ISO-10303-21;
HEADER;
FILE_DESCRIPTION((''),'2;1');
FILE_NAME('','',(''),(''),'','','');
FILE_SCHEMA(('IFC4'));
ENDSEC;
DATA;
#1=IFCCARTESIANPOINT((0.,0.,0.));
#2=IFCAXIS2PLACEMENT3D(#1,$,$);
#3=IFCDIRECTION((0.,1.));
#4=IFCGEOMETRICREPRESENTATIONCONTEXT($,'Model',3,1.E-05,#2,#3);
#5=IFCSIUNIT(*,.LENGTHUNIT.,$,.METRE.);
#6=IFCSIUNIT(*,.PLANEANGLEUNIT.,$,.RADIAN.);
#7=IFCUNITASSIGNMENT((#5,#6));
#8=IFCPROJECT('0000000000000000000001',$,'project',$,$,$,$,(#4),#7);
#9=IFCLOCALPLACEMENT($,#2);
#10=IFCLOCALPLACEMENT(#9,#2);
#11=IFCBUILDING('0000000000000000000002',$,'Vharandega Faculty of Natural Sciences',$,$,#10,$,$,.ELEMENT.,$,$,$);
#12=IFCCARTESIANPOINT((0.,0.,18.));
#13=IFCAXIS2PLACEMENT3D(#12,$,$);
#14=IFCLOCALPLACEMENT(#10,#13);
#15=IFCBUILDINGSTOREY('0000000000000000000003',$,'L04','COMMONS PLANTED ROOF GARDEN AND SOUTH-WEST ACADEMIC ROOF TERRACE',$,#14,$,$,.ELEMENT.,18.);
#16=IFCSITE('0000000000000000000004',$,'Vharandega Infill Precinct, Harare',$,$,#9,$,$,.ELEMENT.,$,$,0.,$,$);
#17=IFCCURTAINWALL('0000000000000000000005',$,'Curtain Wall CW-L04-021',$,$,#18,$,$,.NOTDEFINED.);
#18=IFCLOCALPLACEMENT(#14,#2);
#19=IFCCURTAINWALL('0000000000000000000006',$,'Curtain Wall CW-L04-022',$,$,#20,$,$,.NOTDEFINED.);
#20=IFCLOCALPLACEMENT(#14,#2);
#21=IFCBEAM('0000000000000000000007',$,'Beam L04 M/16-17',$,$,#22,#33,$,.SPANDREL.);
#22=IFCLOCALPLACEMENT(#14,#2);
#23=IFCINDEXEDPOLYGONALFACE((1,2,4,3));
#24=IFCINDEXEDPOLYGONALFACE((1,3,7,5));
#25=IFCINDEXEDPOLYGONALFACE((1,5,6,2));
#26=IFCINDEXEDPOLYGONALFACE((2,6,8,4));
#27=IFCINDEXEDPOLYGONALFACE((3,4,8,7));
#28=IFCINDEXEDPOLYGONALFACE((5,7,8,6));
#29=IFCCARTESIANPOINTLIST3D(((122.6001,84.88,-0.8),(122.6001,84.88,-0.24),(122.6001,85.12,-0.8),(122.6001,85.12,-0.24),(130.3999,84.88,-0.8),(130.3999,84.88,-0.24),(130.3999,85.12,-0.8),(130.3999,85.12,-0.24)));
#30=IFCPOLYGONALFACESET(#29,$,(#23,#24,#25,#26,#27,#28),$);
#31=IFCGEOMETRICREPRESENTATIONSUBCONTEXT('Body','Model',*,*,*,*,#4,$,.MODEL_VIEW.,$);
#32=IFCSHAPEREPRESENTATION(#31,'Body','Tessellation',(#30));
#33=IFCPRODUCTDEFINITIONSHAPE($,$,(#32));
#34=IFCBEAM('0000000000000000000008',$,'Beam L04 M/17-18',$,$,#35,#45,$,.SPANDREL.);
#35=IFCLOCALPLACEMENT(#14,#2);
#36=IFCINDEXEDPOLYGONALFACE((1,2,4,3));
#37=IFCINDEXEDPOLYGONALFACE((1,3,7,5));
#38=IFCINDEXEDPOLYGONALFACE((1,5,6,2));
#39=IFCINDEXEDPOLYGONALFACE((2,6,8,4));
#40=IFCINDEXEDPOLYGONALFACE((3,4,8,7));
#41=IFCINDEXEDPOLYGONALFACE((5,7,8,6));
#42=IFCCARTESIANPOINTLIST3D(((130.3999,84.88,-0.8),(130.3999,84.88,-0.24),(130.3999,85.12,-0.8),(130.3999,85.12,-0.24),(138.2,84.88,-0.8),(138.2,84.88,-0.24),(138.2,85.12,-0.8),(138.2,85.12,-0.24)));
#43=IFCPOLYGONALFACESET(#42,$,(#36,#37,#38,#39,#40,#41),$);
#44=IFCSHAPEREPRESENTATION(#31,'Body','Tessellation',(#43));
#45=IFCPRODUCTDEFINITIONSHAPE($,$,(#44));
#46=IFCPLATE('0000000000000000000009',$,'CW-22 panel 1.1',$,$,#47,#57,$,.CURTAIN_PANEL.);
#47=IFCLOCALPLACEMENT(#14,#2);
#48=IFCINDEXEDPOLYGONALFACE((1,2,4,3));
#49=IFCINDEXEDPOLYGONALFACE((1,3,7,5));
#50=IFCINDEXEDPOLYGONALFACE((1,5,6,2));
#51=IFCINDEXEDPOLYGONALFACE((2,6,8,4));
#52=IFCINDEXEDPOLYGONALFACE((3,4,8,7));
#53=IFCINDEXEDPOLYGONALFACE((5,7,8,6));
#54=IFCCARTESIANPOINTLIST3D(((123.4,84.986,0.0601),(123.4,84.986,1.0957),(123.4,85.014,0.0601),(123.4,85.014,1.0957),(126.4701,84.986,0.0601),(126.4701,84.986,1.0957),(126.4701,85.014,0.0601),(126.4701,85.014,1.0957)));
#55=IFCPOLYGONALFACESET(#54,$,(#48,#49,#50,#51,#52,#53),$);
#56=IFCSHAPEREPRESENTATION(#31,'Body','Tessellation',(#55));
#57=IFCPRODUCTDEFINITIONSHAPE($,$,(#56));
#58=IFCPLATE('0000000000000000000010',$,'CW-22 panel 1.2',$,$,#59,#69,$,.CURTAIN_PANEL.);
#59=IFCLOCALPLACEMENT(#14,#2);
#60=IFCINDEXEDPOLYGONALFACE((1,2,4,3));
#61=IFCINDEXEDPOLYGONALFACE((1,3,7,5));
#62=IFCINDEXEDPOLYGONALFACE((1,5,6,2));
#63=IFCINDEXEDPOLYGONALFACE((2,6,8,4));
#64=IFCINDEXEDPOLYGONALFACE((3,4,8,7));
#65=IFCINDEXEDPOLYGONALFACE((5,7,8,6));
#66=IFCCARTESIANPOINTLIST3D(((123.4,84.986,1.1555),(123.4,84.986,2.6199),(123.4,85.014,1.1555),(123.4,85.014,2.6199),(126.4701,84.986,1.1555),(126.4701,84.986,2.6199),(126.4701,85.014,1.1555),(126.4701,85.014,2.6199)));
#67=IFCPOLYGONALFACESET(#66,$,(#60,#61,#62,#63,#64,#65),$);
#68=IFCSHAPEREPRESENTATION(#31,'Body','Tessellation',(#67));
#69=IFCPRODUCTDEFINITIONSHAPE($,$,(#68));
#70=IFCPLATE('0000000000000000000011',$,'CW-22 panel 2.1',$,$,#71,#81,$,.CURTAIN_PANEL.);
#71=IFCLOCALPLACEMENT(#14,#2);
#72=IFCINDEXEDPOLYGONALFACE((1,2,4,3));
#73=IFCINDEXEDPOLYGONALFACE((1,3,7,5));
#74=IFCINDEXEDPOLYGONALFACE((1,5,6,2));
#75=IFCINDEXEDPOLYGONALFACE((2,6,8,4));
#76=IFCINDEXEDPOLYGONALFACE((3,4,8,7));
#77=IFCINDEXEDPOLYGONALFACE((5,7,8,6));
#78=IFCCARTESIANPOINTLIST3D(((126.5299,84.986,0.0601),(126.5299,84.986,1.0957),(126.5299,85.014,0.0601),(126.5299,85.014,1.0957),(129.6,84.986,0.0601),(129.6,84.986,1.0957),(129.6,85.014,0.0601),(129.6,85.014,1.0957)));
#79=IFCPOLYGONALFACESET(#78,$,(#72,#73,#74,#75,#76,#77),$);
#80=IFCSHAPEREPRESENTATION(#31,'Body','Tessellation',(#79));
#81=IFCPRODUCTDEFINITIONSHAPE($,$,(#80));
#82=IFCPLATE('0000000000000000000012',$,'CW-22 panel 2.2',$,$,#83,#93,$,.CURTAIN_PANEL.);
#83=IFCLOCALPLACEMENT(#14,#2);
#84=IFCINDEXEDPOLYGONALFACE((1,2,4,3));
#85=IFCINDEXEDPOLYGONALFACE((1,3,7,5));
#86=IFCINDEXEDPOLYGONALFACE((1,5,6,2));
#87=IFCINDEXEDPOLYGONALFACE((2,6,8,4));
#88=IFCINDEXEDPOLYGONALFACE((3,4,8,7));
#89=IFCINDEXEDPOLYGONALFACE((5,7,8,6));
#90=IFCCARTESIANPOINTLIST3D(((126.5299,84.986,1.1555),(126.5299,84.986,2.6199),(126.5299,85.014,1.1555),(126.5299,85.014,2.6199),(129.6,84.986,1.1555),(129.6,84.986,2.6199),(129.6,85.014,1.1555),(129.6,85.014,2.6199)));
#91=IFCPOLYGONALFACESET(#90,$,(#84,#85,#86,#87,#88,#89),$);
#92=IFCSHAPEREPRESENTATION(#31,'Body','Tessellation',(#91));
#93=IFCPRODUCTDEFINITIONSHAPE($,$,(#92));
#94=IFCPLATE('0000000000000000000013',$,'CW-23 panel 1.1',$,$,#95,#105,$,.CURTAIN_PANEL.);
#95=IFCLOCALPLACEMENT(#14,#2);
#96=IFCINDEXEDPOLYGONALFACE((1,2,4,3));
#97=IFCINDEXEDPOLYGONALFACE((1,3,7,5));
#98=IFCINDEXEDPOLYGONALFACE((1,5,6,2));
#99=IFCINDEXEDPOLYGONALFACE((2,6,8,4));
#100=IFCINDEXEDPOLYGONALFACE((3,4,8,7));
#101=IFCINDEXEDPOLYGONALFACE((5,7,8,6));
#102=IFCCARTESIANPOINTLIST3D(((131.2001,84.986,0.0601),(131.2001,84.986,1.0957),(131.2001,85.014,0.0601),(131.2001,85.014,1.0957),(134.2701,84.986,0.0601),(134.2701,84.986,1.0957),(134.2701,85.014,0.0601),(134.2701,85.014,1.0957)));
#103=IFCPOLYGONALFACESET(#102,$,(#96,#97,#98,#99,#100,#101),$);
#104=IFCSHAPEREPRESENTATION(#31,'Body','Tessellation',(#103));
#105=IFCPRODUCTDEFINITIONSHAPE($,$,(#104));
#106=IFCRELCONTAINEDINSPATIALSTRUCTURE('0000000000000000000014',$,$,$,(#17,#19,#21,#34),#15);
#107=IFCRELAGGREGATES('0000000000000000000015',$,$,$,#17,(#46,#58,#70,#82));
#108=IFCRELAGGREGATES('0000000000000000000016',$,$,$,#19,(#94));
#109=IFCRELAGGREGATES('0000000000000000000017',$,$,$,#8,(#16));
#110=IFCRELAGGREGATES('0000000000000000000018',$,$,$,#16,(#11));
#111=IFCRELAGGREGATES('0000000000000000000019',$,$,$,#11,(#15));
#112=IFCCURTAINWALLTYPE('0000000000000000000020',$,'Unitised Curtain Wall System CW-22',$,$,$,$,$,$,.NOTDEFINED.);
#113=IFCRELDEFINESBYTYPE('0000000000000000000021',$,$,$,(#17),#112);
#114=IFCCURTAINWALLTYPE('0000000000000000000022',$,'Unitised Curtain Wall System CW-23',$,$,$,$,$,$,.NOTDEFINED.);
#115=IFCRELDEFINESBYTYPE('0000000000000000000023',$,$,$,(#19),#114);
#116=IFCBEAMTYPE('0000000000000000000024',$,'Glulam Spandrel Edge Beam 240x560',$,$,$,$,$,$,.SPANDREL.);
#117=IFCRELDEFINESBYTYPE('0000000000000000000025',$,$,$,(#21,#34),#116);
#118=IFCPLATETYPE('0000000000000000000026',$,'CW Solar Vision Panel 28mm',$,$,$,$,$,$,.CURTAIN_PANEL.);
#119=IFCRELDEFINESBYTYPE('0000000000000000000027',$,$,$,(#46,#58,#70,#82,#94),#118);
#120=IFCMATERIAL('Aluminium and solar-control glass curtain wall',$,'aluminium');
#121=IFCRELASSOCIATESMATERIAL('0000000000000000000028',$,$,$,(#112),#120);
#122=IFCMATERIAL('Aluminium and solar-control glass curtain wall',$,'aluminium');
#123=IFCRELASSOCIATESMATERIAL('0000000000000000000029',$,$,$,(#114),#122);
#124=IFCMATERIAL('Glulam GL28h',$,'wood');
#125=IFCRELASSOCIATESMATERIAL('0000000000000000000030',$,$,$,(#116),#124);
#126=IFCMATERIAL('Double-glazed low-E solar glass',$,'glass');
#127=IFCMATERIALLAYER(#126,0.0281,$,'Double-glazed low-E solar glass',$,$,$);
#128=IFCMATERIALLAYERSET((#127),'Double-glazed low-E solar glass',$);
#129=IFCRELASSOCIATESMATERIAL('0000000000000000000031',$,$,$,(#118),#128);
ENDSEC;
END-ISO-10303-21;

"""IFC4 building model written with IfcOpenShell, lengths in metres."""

from ifc_helpers import new_model, si_unit, direction, frame, origin, origin_2d, place, context, subcontext, project, spatial, rectangle, extrude, material, layer, layer_set, material_profile, profile_set, type_object, element, aggregate, save


model = new_model("IFC4")

# Units and contexts
model_context = context("Model", 3, precision=1e-05, world=origin(), true_north=direction((0.0, 1.0)))
body_context = subcontext(model_context, "Body", "Model", "MODEL_VIEW")
ifc_project = project(units=[si_unit("LENGTHUNIT", "METRE"), si_unit("PLANEANGLEUNIT", "RADIAN")], contexts=[model_context])

# Site, building, storey
site_placement = place(None, origin())
site = spatial("IfcSite", under=ifc_project, at=site_placement, Name="Vharandega Infill Precinct, Harare", CompositionType="ELEMENT", RefElevation=0.0)
building_placement = place(site_placement, origin())
building = spatial("IfcBuilding", under=site, at=building_placement, Name="Vharandega Faculty of Natural Sciences", CompositionType="ELEMENT")
storey_placement = place(building_placement, frame((0.0, 0.0, 18.0)))
storey = spatial("IfcBuildingStorey", under=building, at=storey_placement, Name="L04", Description="COMMONS PLANTED ROOF GARDEN AND SOUTH-WEST ACADEMIC ROOF TERRACE", CompositionType="ELEMENT", Elevation=18.0)

# Curtain wall
ifc_material_1 = material(Name="Aluminium and solar-control glass curtain wall", Category="aluminium")
curtain_wall_type_1 = type_object("IfcCurtainWallType", Name="Unitised Curtain Wall System CW-22", PredefinedType="NOTDEFINED", material=ifc_material_1)
curtain_wall_1_placement = place(storey_placement, origin())
curtain_wall_1 = element("IfcCurtainWall", 1, at=curtain_wall_1_placement, inside=storey, type_object=curtain_wall_type_1, Name="Curtain Wall CW-L04-021", PredefinedType="NOTDEFINED")

# Curtain wall
ifc_material_2 = material(Name="Aluminium and solar-control glass curtain wall", Category="aluminium")
curtain_wall_type_2 = type_object("IfcCurtainWallType", Name="Unitised Curtain Wall System CW-23", PredefinedType="NOTDEFINED", material=ifc_material_2)
curtain_wall_2_placement = place(storey_placement, origin())
curtain_wall_2 = element("IfcCurtainWall", 2, at=curtain_wall_2_placement, inside=storey, type_object=curtain_wall_type_2, Name="Curtain Wall CW-L04-022", PredefinedType="NOTDEFINED")

# Beams
ifc_material_3 = material(Name="Glulam GL28h", Category="wood")
ifc_material_profile_1 = material_profile(ifc_material_3, rectangle(XDim=0.24, YDim=0.5601, at=origin_2d()), Name="GL28h 240x560")
ifc_profile_set_1 = profile_set([ifc_material_profile_1], Name="Glulam GL28h")
beam_type = type_object("IfcBeamType", Name="Glulam Spandrel Edge Beam 240x560", PredefinedType="SPANDREL", material=ifc_profile_set_1)
beam_1_placement = place(storey_placement, frame((122.6001, 85.0, -0.52), z_axis=(1.0, 0.0, 0.0), x_axis=(0.0, 1.0, 0.0)))
element("IfcBeam", 3, at=beam_1_placement, inside=storey, type_object=beam_type, Name="Beam L04 M/16-17", PredefinedType="SPANDREL", context=body_context, shape_type="SweptSolid", body=[
    extrude(rectangle(XDim=0.24, YDim=0.5601, at=origin_2d()), origin(), (0.0, 0.0, 1.0), 7.7998),
])
beam_2_placement = place(storey_placement, frame((130.3999, 85.0, -0.52), z_axis=(1.0, 0.0, 0.0), x_axis=(0.0, 1.0, 0.0)))
element("IfcBeam", 4, at=beam_2_placement, inside=storey, type_object=beam_type, Name="Beam L04 M/17-18", PredefinedType="SPANDREL", context=body_context, shape_type="SweptSolid", body=[
    extrude(rectangle(XDim=0.24, YDim=0.5601, at=origin_2d()), origin(), (0.0, 0.0, 1.0), 7.8),
])

# Plates
ifc_material_4 = material(Name="Double-glazed low-E solar glass", Category="glass")
ifc_layer = layer(ifc_material_4, 0.0281, Name="Double-glazed low-E solar glass")
ifc_layer_set = layer_set([ifc_layer], Name="Double-glazed low-E solar glass")
plate_type = type_object("IfcPlateType", Name="CW Solar Vision Panel 28mm", PredefinedType="CURTAIN_PANEL", material=ifc_layer_set)
plate_1_placement = place(storey_placement, frame((124.9351, 85.0, 0.0601), z_axis=(0.0, 0.0, 1.0), x_axis=(1.0, 0.0, 0.0)))
plate_1 = element("IfcPlate", 5, at=plate_1_placement, type_object=plate_type, Name="CW-22 panel 1.1", PredefinedType="CURTAIN_PANEL", context=body_context, shape_type="SweptSolid", body=[
    extrude(rectangle(XDim=3.0701, YDim=0.0281, at=origin_2d()), origin(), (0.0, 0.0, 1.0), 1.0356),
])
plate_2_placement = place(storey_placement, frame((124.9351, 85.0, 1.1555), z_axis=(0.0, 0.0, 1.0), x_axis=(1.0, 0.0, 0.0)))
plate_2 = element("IfcPlate", 6, at=plate_2_placement, type_object=plate_type, Name="CW-22 panel 1.2", PredefinedType="CURTAIN_PANEL", context=body_context, shape_type="SweptSolid", body=[
    extrude(rectangle(XDim=3.0701, YDim=0.0281, at=origin_2d()), origin(), (0.0, 0.0, 1.0), 1.4644),
])
plate_3_placement = place(storey_placement, frame((128.0649, 85.0, 0.0601), z_axis=(0.0, 0.0, 1.0), x_axis=(1.0, 0.0, 0.0)))
plate_3 = element("IfcPlate", 7, at=plate_3_placement, type_object=plate_type, Name="CW-22 panel 2.1", PredefinedType="CURTAIN_PANEL", context=body_context, shape_type="SweptSolid", body=[
    extrude(rectangle(XDim=3.0701, YDim=0.0281, at=origin_2d()), origin(), (0.0, 0.0, 1.0), 1.0356),
])
plate_4_placement = place(storey_placement, frame((128.0649, 85.0, 1.1555), z_axis=(0.0, 0.0, 1.0), x_axis=(1.0, 0.0, 0.0)))
plate_4 = element("IfcPlate", 8, at=plate_4_placement, type_object=plate_type, Name="CW-22 panel 2.2", PredefinedType="CURTAIN_PANEL", context=body_context, shape_type="SweptSolid", body=[
    extrude(rectangle(XDim=3.0701, YDim=0.0281, at=origin_2d()), origin(), (0.0, 0.0, 1.0), 1.4644),
])
aggregate(curtain_wall_1, [plate_1, plate_2, plate_3, plate_4])
plate_5_placement = place(storey_placement, frame((132.7351, 85.0, 0.0601), z_axis=(0.0, 0.0, 1.0), x_axis=(1.0, 0.0, 0.0)))
plate_5 = element("IfcPlate", 9, at=plate_5_placement, type_object=plate_type, Name="CW-23 panel 1.1", PredefinedType="CURTAIN_PANEL", context=body_context, shape_type="SweptSolid", body=[
    extrude(rectangle(XDim=3.0701, YDim=0.0281, at=origin_2d()), origin(), (0.0, 0.0, 1.0), 1.0356),
])
aggregate(curtain_wall_2, [plate_5])

save(model, "model.ifc")
